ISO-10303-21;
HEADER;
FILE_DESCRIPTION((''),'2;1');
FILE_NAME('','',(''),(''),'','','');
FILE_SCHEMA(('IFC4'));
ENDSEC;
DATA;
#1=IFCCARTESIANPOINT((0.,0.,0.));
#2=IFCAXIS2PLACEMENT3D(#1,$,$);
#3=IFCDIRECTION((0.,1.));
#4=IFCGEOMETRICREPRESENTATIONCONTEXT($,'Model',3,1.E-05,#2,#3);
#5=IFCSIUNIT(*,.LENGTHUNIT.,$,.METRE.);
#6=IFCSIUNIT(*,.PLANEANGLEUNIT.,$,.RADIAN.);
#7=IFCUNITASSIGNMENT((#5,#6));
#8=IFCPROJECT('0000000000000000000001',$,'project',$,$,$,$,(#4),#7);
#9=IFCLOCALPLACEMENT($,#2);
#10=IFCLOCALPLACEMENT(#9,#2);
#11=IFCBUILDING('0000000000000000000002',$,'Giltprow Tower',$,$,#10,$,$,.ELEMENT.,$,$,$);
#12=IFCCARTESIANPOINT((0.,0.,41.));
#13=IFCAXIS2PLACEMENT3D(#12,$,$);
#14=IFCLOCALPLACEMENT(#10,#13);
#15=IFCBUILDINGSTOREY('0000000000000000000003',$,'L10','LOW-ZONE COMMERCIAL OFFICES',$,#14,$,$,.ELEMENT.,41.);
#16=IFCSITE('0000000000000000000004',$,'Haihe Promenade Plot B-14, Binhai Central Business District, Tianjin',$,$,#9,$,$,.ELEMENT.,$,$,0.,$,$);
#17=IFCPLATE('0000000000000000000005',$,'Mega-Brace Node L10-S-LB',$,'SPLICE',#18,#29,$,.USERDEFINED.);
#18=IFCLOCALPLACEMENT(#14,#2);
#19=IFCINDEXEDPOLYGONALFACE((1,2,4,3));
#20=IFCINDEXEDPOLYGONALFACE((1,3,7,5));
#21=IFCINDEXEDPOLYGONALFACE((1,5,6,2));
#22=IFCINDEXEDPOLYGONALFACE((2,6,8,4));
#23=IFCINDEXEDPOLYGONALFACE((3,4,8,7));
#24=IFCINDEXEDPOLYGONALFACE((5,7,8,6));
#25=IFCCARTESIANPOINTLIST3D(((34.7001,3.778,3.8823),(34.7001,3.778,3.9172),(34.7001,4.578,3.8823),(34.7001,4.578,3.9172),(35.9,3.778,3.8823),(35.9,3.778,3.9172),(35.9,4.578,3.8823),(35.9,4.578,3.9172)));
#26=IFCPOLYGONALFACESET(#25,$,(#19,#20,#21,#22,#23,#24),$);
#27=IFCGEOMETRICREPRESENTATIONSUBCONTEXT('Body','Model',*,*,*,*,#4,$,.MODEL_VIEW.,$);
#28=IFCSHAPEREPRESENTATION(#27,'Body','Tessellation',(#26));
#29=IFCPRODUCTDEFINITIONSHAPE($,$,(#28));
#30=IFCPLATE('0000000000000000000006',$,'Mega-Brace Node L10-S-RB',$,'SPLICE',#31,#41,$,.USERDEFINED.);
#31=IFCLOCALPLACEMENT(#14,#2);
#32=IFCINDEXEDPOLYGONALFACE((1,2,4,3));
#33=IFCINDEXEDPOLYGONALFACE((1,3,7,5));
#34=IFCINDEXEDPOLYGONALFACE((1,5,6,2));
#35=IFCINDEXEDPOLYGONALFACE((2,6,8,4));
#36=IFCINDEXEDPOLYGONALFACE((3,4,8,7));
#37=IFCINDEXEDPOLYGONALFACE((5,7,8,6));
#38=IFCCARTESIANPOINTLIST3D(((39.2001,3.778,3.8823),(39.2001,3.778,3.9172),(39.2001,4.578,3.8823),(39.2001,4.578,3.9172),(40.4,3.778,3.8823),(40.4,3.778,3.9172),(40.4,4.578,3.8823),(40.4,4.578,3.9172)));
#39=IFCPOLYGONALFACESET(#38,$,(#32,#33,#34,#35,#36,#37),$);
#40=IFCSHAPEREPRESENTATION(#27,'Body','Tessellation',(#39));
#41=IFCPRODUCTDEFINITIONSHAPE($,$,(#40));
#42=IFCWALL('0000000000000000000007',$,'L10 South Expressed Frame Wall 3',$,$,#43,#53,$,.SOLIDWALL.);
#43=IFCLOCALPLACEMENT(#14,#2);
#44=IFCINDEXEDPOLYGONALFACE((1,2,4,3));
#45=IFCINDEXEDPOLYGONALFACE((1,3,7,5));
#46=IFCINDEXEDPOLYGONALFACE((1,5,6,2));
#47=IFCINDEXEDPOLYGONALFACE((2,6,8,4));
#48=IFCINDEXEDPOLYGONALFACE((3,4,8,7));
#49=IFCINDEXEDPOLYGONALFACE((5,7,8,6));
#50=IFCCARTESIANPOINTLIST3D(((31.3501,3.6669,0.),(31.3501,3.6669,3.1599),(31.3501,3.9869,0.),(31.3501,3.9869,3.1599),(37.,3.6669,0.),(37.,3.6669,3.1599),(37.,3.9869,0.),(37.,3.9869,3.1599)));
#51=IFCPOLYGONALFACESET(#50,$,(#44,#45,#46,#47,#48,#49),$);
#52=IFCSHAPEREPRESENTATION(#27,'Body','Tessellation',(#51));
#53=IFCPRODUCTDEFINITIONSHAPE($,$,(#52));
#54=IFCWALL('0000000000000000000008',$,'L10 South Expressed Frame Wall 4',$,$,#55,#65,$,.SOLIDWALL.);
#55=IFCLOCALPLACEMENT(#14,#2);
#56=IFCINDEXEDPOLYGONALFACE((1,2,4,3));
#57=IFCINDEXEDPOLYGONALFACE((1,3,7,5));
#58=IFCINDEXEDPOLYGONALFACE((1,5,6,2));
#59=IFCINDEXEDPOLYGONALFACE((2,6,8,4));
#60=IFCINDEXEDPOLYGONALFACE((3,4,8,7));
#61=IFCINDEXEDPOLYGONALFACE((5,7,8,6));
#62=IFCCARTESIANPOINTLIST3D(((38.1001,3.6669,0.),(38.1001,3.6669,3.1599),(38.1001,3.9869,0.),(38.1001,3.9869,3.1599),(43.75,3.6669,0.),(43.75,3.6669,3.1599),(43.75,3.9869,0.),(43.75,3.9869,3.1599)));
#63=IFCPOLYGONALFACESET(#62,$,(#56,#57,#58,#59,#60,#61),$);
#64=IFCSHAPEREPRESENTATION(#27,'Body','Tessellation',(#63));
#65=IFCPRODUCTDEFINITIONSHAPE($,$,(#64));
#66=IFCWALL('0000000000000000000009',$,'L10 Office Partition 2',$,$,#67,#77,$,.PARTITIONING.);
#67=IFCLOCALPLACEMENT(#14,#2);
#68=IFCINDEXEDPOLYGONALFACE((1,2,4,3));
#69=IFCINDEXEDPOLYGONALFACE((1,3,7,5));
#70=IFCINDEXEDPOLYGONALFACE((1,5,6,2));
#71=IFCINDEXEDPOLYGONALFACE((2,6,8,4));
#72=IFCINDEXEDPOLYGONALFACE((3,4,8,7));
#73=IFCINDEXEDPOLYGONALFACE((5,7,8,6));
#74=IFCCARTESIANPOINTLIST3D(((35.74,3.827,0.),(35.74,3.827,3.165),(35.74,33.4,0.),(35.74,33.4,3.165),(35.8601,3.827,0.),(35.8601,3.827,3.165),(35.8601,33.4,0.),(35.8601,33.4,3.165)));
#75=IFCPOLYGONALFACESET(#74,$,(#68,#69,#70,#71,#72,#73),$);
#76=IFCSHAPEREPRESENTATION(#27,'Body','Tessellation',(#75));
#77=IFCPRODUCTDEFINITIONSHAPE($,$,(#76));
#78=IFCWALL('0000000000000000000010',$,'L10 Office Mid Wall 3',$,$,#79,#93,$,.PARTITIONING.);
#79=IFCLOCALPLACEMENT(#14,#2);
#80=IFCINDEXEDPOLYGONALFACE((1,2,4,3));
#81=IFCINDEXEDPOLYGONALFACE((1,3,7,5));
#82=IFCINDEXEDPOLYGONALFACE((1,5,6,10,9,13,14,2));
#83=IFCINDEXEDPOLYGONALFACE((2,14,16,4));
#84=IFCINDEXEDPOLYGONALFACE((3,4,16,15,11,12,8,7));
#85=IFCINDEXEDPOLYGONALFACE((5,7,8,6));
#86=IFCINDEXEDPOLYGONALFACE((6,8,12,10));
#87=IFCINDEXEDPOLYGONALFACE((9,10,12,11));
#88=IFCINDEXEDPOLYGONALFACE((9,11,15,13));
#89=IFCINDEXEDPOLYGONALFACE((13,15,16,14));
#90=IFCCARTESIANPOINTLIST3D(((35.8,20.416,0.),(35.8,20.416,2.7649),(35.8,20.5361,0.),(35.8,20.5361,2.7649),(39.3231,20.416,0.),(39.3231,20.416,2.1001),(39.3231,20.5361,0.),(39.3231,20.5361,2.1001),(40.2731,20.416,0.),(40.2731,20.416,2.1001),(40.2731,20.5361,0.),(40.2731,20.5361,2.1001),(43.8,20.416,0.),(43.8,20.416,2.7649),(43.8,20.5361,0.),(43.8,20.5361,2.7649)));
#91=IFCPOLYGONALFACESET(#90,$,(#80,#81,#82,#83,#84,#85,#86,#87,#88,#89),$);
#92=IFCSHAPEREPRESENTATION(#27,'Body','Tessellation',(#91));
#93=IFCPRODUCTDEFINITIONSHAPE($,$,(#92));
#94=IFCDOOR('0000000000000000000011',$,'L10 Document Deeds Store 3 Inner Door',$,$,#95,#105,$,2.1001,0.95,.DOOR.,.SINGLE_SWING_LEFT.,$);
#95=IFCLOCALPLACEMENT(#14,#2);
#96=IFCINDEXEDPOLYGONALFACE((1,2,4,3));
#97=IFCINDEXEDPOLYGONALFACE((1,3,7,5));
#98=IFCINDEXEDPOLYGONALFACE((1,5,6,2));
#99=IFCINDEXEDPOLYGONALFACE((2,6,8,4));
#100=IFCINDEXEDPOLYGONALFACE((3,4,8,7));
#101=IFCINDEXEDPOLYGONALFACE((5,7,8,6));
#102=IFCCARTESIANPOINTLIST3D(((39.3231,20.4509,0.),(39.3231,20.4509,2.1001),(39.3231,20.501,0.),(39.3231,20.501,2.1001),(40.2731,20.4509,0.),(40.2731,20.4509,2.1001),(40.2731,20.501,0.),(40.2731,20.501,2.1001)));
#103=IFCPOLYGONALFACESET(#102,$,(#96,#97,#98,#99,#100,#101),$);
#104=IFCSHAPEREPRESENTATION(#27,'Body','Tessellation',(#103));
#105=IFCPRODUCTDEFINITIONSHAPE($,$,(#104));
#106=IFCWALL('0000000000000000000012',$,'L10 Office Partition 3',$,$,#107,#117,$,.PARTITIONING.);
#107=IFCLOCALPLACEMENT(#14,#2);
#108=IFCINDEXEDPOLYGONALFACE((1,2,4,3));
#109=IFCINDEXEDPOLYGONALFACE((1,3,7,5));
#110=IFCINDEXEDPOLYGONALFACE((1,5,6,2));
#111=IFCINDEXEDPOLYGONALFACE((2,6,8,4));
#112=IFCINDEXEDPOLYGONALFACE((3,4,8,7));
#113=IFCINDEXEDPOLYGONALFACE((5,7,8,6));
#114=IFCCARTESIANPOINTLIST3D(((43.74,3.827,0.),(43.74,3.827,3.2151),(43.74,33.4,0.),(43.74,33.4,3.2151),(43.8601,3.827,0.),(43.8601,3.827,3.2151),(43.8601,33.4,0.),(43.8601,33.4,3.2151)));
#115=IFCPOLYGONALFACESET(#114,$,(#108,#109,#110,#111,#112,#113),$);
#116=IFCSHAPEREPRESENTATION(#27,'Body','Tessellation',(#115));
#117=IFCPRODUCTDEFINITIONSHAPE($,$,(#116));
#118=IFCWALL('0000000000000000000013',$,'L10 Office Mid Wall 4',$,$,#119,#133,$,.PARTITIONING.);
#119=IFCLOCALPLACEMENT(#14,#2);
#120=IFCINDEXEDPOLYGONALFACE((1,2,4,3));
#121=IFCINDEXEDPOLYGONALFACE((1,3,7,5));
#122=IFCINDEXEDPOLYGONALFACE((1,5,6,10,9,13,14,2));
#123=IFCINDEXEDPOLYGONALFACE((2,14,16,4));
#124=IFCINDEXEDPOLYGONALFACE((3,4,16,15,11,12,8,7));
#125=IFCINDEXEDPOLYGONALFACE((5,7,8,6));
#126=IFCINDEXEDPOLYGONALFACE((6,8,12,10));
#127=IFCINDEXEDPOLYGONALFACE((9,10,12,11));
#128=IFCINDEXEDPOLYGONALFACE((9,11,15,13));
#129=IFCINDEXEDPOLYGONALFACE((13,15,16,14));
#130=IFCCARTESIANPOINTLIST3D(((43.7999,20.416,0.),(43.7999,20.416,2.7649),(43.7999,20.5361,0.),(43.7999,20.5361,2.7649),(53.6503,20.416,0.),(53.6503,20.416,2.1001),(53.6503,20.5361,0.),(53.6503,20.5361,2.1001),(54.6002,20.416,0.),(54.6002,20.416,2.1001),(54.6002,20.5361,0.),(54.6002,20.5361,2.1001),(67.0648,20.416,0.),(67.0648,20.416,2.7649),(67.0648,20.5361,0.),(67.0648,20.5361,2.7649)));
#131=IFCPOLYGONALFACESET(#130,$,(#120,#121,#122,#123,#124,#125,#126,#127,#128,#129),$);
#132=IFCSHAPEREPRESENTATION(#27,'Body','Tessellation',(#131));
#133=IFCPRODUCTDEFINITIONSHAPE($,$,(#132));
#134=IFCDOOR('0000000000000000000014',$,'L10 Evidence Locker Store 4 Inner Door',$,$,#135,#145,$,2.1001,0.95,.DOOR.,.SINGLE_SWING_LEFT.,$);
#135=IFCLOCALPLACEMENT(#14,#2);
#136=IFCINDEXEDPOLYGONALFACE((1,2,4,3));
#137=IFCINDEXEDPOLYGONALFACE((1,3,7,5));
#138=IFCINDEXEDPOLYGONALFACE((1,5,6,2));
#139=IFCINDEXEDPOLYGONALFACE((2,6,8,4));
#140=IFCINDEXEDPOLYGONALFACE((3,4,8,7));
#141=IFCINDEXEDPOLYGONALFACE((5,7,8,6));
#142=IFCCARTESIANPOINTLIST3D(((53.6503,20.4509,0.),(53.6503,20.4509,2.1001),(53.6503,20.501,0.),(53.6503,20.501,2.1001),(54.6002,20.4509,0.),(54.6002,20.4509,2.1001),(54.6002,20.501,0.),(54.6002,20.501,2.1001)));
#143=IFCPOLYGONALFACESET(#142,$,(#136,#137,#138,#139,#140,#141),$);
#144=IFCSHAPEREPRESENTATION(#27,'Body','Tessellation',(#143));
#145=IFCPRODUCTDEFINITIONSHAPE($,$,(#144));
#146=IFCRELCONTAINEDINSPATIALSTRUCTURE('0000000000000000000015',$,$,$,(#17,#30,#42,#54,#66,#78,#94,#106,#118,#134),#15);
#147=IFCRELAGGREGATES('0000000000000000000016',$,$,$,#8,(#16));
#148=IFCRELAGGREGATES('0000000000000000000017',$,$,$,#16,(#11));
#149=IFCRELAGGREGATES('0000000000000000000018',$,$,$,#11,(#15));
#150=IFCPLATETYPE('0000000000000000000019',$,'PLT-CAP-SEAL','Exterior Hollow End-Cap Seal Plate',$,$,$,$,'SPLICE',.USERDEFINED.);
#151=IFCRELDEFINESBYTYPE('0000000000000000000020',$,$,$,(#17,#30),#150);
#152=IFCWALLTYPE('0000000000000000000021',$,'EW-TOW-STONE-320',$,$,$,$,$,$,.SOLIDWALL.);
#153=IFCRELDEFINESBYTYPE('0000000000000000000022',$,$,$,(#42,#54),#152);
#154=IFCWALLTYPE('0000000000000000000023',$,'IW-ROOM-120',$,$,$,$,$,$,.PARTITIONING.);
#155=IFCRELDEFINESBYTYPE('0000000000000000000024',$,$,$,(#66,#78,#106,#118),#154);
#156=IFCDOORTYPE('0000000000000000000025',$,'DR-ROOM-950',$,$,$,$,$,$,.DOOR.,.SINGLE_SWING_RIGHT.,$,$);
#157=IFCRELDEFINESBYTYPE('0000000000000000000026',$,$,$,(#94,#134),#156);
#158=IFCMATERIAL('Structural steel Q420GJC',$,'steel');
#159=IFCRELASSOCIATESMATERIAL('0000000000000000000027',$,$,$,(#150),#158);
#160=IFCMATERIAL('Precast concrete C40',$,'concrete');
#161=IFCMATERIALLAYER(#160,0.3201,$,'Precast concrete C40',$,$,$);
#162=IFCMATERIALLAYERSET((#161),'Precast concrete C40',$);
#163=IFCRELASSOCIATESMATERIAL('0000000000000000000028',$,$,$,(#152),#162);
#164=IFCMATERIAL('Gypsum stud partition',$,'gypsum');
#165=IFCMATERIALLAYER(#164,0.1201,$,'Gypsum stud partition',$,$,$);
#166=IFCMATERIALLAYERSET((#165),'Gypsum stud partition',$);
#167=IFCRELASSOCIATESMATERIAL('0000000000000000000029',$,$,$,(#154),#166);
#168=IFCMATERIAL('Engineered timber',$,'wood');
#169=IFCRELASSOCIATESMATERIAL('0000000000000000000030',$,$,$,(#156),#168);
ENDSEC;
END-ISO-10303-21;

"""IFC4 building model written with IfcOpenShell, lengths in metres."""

from ifc_helpers import new_model, si_unit, direction, frame, frame_2d, origin, origin_2d, place, context, subcontext, project, spatial, rectangle, extrude, source, transform, mapped, material, layer, layer_set, type_object, element, fill, save


model = new_model("IFC4")

# Units and contexts
model_context = context("Model", 3, precision=1e-05, world=origin(), true_north=direction((0.0, 1.0)))
body_context = subcontext(model_context, "Body", "Model", "MODEL_VIEW")
ifc_project = project(units=[si_unit("LENGTHUNIT", "METRE"), si_unit("PLANEANGLEUNIT", "RADIAN")], contexts=[model_context])

# Site, building, storey
site_placement = place(None, origin())
site = spatial("IfcSite", under=ifc_project, at=site_placement, Name="Haihe Promenade Plot B-14, Binhai Central Business District, Tianjin", CompositionType="ELEMENT", RefElevation=0.0)
building_placement = place(site_placement, origin())
building = spatial("IfcBuilding", under=site, at=building_placement, Name="Giltprow Tower", CompositionType="ELEMENT")
storey_placement = place(building_placement, frame((0.0, 0.0, 41.0)))
storey = spatial("IfcBuildingStorey", under=building, at=storey_placement, Name="L10", Description="LOW-ZONE COMMERCIAL OFFICES", CompositionType="ELEMENT", Elevation=41.0)

# Shared definitions
ifc_material_1 = material(Name="Structural steel Q420GJC", Category="steel")

# Plates
plate_type = type_object("IfcPlateType", Name="PLT-CAP-SEAL", Description="Exterior Hollow End-Cap Seal Plate", ElementType="SPLICE", PredefinedType="USERDEFINED", material=ifc_material_1)
shared_shape_1 = source(origin(), body_context, "Body", "SweptSolid", [
    extrude(rectangle(XDim=1.2, YDim=0.8, at=origin_2d()), origin(), (0.0, 0.0, 1.0), 0.0349),
])
for number, where, z_axis, x_axis, name in (
    (1, (35.3, 4.178, 3.8823), (0.0, 0.0, 1.0), (1.0, 0.0, 0.0), "Mega-Brace Node L10-S-LB"),
    (2, (39.8, 4.178, 3.8823), (0.0, 0.0, 1.0), (1.0, 0.0, 0.0), "Mega-Brace Node L10-S-RB"),
):
    element("IfcPlate", number, at=place(storey_placement, frame(where, z_axis=z_axis, x_axis=x_axis)), inside=storey, type_object=plate_type, Name=name, ObjectType="SPLICE", PredefinedType="USERDEFINED", context=body_context, shape_type="MappedRepresentation", body=[
        mapped(shared_shape_1, transform((0.0, 0.0, 0.0), x_axis=(1.0, 0.0, 0.0), y_axis=(0.0, 1.0, 0.0), z_axis=(0.0, 0.0, 1.0), scale=1.0)),
    ])

# Walls
ifc_material_2 = material(Name="Precast concrete C40", Category="concrete")
ifc_layer_1 = layer(ifc_material_2, 0.3201, Name="Precast concrete C40")
ifc_layer_set_1 = layer_set([ifc_layer_1], Name="Precast concrete C40")
wall_type_1 = type_object("IfcWallType", Name="EW-TOW-STONE-320", PredefinedType="SOLIDWALL", material=ifc_layer_set_1)
for number, where, z_axis, x_axis, name in (
    (3, (31.3501, 3.8269, 0.0), (0.0, 0.0, 1.0), (1.0, 0.0, 0.0), "L10 South Expressed Frame Wall 3"),
    (4, (38.1001, 3.8269, 0.0), (0.0, 0.0, 1.0), (1.0, 0.0, 0.0), "L10 South Expressed Frame Wall 4"),
):
    element("IfcWall", number, at=place(storey_placement, frame(where, z_axis=z_axis, x_axis=x_axis)), inside=storey, type_object=wall_type_1, Name=name, PredefinedType="SOLIDWALL", context=body_context, shape_type="SweptSolid", body=[
        extrude(rectangle(XDim=5.6499, YDim=0.3201, at=frame_2d((2.825, 0.0))), origin(), (0.0, 0.0, 1.0), 3.1599),
    ])
ifc_material_3 = material(Name="Gypsum stud partition", Category="gypsum")
ifc_layer_2 = layer(ifc_material_3, 0.1201, Name="Gypsum stud partition")
ifc_layer_set_2 = layer_set([ifc_layer_2], Name="Gypsum stud partition")
wall_type_2 = type_object("IfcWallType", Name="IW-ROOM-120", PredefinedType="PARTITIONING", material=ifc_layer_set_2)
wall_1_placement = place(storey_placement, frame((35.8, 3.8269, 0.0), z_axis=(0.0, 0.0, 1.0), x_axis=(0.0, 1.0, 0.0)))
element("IfcWall", 5, at=wall_1_placement, inside=storey, type_object=wall_type_2, Name="L10 Office Partition 2", PredefinedType="PARTITIONING", context=body_context, shape_type="SweptSolid", body=[
    extrude(rectangle(XDim=29.573, YDim=0.1201, at=frame_2d((14.7866, 0.0))), origin(), (0.0, 0.0, 1.0), 3.165),
])

# Wall, opening, door
wall_2_placement = place(storey_placement, frame((35.8, 20.4761, 0.0), z_axis=(0.0, 0.0, 1.0), x_axis=(1.0, 0.0, 0.0)))
wall_2 = element("IfcWall", 6, at=wall_2_placement, inside=storey, type_object=wall_type_2, Name="L10 Office Mid Wall 3", PredefinedType="PARTITIONING", context=body_context, shape_type="SweptSolid", body=[
    extrude(rectangle(XDim=8.0, YDim=0.1201, at=frame_2d((4.0, 0.0))), origin(), (0.0, 0.0, 1.0), 2.7649),
])
opening_1_placement = place(wall_2_placement, frame((3.5229, 0.0, 0.0)))
opening_1 = element("IfcOpeningElement", 7, at=opening_1_placement, cuts=wall_2, PredefinedType="OPENING", context=body_context, shape_type="SweptSolid", body=[
    extrude(rectangle(XDim=0.95, YDim=2.1001, at=frame_2d((0.4751, 1.05))), frame((0.0, 0.0701, 0.0), z_axis=(0.0, -1.0, 0.0), x_axis=(1.0, 0.0, 0.0)), (0.0, 0.0, 1.0), 0.1401),
])
ifc_material_4 = material(Name="Engineered timber", Category="wood")
door_type = type_object("IfcDoorType", Name="DR-ROOM-950", OperationType="SINGLE_SWING_RIGHT", PredefinedType="DOOR", material=ifc_material_4)
shared_shape_2 = source(origin(), body_context, "Body", "SweptSolid", [
    extrude(rectangle(XDim=0.95, YDim=2.1001, at=frame_2d((0.4751, 1.05))), frame((0.0, 0.0249, 0.0), z_axis=(0.0, -1.0, 0.0), x_axis=(1.0, 0.0, 0.0)), (0.0, 0.0, 1.0), 0.05),
])
door_1_placement = place(opening_1_placement, origin())
door_1 = element("IfcDoor", 8, at=door_1_placement, inside=storey, type_object=door_type, Name="L10 Document Deeds Store 3 Inner Door", OperationType="SINGLE_SWING_LEFT", OverallHeight=2.1001, OverallWidth=0.95, PredefinedType="DOOR", context=body_context, shape_type="MappedRepresentation", body=[
    mapped(shared_shape_2, transform((0.0, 0.0, 0.0), x_axis=(1.0, 0.0, 0.0), y_axis=(0.0, 1.0, 0.0), z_axis=(0.0, 0.0, 1.0), scale=1.0)),
])
fill(opening_1, door_1)

# Wall
wall_3_placement = place(storey_placement, frame((43.8, 3.8269, 0.0), z_axis=(0.0, 0.0, 1.0), x_axis=(0.0, 1.0, 0.0)))
element("IfcWall", 9, at=wall_3_placement, inside=storey, type_object=wall_type_2, Name="L10 Office Partition 3", PredefinedType="PARTITIONING", context=body_context, shape_type="SweptSolid", body=[
    extrude(rectangle(XDim=29.573, YDim=0.1201, at=frame_2d((14.7866, 0.0))), origin(), (0.0, 0.0, 1.0), 3.2151),
])

# Wall, opening, door
wall_4_placement = place(storey_placement, frame((43.8, 20.4761, 0.0), z_axis=(0.0, 0.0, 1.0), x_axis=(1.0, 0.0, 0.0)))
wall_4 = element("IfcWall", 10, at=wall_4_placement, inside=storey, type_object=wall_type_2, Name="L10 Office Mid Wall 4", PredefinedType="PARTITIONING", context=body_context, shape_type="SweptSolid", body=[
    extrude(rectangle(XDim=23.2649, YDim=0.1201, at=frame_2d((11.6323, 0.0))), origin(), (0.0, 0.0, 1.0), 2.7649),
])
opening_2_placement = place(wall_4_placement, frame((9.8501, 0.0, 0.0)))
opening_2 = element("IfcOpeningElement", 11, at=opening_2_placement, cuts=wall_4, PredefinedType="OPENING", context=body_context, shape_type="SweptSolid", body=[
    extrude(rectangle(XDim=0.95, YDim=2.1001, at=frame_2d((0.4751, 1.05))), frame((0.0, 0.0701, 0.0), z_axis=(0.0, -1.0, 0.0), x_axis=(1.0, 0.0, 0.0)), (0.0, 0.0, 1.0), 0.1401),
])
door_2_placement = place(opening_2_placement, origin())
door_2 = element("IfcDoor", 12, at=door_2_placement, inside=storey, type_object=door_type, Name="L10 Evidence Locker Store 4 Inner Door", OperationType="SINGLE_SWING_LEFT", OverallHeight=2.1001, OverallWidth=0.95, PredefinedType="DOOR", context=body_context, shape_type="MappedRepresentation", body=[
    mapped(shared_shape_2, transform((0.0, 0.0, 0.0), x_axis=(1.0, 0.0, 0.0), y_axis=(0.0, 1.0, 0.0), z_axis=(0.0, 0.0, 1.0), scale=1.0)),
])
fill(opening_2, door_2)

save(model, "model.ifc")
